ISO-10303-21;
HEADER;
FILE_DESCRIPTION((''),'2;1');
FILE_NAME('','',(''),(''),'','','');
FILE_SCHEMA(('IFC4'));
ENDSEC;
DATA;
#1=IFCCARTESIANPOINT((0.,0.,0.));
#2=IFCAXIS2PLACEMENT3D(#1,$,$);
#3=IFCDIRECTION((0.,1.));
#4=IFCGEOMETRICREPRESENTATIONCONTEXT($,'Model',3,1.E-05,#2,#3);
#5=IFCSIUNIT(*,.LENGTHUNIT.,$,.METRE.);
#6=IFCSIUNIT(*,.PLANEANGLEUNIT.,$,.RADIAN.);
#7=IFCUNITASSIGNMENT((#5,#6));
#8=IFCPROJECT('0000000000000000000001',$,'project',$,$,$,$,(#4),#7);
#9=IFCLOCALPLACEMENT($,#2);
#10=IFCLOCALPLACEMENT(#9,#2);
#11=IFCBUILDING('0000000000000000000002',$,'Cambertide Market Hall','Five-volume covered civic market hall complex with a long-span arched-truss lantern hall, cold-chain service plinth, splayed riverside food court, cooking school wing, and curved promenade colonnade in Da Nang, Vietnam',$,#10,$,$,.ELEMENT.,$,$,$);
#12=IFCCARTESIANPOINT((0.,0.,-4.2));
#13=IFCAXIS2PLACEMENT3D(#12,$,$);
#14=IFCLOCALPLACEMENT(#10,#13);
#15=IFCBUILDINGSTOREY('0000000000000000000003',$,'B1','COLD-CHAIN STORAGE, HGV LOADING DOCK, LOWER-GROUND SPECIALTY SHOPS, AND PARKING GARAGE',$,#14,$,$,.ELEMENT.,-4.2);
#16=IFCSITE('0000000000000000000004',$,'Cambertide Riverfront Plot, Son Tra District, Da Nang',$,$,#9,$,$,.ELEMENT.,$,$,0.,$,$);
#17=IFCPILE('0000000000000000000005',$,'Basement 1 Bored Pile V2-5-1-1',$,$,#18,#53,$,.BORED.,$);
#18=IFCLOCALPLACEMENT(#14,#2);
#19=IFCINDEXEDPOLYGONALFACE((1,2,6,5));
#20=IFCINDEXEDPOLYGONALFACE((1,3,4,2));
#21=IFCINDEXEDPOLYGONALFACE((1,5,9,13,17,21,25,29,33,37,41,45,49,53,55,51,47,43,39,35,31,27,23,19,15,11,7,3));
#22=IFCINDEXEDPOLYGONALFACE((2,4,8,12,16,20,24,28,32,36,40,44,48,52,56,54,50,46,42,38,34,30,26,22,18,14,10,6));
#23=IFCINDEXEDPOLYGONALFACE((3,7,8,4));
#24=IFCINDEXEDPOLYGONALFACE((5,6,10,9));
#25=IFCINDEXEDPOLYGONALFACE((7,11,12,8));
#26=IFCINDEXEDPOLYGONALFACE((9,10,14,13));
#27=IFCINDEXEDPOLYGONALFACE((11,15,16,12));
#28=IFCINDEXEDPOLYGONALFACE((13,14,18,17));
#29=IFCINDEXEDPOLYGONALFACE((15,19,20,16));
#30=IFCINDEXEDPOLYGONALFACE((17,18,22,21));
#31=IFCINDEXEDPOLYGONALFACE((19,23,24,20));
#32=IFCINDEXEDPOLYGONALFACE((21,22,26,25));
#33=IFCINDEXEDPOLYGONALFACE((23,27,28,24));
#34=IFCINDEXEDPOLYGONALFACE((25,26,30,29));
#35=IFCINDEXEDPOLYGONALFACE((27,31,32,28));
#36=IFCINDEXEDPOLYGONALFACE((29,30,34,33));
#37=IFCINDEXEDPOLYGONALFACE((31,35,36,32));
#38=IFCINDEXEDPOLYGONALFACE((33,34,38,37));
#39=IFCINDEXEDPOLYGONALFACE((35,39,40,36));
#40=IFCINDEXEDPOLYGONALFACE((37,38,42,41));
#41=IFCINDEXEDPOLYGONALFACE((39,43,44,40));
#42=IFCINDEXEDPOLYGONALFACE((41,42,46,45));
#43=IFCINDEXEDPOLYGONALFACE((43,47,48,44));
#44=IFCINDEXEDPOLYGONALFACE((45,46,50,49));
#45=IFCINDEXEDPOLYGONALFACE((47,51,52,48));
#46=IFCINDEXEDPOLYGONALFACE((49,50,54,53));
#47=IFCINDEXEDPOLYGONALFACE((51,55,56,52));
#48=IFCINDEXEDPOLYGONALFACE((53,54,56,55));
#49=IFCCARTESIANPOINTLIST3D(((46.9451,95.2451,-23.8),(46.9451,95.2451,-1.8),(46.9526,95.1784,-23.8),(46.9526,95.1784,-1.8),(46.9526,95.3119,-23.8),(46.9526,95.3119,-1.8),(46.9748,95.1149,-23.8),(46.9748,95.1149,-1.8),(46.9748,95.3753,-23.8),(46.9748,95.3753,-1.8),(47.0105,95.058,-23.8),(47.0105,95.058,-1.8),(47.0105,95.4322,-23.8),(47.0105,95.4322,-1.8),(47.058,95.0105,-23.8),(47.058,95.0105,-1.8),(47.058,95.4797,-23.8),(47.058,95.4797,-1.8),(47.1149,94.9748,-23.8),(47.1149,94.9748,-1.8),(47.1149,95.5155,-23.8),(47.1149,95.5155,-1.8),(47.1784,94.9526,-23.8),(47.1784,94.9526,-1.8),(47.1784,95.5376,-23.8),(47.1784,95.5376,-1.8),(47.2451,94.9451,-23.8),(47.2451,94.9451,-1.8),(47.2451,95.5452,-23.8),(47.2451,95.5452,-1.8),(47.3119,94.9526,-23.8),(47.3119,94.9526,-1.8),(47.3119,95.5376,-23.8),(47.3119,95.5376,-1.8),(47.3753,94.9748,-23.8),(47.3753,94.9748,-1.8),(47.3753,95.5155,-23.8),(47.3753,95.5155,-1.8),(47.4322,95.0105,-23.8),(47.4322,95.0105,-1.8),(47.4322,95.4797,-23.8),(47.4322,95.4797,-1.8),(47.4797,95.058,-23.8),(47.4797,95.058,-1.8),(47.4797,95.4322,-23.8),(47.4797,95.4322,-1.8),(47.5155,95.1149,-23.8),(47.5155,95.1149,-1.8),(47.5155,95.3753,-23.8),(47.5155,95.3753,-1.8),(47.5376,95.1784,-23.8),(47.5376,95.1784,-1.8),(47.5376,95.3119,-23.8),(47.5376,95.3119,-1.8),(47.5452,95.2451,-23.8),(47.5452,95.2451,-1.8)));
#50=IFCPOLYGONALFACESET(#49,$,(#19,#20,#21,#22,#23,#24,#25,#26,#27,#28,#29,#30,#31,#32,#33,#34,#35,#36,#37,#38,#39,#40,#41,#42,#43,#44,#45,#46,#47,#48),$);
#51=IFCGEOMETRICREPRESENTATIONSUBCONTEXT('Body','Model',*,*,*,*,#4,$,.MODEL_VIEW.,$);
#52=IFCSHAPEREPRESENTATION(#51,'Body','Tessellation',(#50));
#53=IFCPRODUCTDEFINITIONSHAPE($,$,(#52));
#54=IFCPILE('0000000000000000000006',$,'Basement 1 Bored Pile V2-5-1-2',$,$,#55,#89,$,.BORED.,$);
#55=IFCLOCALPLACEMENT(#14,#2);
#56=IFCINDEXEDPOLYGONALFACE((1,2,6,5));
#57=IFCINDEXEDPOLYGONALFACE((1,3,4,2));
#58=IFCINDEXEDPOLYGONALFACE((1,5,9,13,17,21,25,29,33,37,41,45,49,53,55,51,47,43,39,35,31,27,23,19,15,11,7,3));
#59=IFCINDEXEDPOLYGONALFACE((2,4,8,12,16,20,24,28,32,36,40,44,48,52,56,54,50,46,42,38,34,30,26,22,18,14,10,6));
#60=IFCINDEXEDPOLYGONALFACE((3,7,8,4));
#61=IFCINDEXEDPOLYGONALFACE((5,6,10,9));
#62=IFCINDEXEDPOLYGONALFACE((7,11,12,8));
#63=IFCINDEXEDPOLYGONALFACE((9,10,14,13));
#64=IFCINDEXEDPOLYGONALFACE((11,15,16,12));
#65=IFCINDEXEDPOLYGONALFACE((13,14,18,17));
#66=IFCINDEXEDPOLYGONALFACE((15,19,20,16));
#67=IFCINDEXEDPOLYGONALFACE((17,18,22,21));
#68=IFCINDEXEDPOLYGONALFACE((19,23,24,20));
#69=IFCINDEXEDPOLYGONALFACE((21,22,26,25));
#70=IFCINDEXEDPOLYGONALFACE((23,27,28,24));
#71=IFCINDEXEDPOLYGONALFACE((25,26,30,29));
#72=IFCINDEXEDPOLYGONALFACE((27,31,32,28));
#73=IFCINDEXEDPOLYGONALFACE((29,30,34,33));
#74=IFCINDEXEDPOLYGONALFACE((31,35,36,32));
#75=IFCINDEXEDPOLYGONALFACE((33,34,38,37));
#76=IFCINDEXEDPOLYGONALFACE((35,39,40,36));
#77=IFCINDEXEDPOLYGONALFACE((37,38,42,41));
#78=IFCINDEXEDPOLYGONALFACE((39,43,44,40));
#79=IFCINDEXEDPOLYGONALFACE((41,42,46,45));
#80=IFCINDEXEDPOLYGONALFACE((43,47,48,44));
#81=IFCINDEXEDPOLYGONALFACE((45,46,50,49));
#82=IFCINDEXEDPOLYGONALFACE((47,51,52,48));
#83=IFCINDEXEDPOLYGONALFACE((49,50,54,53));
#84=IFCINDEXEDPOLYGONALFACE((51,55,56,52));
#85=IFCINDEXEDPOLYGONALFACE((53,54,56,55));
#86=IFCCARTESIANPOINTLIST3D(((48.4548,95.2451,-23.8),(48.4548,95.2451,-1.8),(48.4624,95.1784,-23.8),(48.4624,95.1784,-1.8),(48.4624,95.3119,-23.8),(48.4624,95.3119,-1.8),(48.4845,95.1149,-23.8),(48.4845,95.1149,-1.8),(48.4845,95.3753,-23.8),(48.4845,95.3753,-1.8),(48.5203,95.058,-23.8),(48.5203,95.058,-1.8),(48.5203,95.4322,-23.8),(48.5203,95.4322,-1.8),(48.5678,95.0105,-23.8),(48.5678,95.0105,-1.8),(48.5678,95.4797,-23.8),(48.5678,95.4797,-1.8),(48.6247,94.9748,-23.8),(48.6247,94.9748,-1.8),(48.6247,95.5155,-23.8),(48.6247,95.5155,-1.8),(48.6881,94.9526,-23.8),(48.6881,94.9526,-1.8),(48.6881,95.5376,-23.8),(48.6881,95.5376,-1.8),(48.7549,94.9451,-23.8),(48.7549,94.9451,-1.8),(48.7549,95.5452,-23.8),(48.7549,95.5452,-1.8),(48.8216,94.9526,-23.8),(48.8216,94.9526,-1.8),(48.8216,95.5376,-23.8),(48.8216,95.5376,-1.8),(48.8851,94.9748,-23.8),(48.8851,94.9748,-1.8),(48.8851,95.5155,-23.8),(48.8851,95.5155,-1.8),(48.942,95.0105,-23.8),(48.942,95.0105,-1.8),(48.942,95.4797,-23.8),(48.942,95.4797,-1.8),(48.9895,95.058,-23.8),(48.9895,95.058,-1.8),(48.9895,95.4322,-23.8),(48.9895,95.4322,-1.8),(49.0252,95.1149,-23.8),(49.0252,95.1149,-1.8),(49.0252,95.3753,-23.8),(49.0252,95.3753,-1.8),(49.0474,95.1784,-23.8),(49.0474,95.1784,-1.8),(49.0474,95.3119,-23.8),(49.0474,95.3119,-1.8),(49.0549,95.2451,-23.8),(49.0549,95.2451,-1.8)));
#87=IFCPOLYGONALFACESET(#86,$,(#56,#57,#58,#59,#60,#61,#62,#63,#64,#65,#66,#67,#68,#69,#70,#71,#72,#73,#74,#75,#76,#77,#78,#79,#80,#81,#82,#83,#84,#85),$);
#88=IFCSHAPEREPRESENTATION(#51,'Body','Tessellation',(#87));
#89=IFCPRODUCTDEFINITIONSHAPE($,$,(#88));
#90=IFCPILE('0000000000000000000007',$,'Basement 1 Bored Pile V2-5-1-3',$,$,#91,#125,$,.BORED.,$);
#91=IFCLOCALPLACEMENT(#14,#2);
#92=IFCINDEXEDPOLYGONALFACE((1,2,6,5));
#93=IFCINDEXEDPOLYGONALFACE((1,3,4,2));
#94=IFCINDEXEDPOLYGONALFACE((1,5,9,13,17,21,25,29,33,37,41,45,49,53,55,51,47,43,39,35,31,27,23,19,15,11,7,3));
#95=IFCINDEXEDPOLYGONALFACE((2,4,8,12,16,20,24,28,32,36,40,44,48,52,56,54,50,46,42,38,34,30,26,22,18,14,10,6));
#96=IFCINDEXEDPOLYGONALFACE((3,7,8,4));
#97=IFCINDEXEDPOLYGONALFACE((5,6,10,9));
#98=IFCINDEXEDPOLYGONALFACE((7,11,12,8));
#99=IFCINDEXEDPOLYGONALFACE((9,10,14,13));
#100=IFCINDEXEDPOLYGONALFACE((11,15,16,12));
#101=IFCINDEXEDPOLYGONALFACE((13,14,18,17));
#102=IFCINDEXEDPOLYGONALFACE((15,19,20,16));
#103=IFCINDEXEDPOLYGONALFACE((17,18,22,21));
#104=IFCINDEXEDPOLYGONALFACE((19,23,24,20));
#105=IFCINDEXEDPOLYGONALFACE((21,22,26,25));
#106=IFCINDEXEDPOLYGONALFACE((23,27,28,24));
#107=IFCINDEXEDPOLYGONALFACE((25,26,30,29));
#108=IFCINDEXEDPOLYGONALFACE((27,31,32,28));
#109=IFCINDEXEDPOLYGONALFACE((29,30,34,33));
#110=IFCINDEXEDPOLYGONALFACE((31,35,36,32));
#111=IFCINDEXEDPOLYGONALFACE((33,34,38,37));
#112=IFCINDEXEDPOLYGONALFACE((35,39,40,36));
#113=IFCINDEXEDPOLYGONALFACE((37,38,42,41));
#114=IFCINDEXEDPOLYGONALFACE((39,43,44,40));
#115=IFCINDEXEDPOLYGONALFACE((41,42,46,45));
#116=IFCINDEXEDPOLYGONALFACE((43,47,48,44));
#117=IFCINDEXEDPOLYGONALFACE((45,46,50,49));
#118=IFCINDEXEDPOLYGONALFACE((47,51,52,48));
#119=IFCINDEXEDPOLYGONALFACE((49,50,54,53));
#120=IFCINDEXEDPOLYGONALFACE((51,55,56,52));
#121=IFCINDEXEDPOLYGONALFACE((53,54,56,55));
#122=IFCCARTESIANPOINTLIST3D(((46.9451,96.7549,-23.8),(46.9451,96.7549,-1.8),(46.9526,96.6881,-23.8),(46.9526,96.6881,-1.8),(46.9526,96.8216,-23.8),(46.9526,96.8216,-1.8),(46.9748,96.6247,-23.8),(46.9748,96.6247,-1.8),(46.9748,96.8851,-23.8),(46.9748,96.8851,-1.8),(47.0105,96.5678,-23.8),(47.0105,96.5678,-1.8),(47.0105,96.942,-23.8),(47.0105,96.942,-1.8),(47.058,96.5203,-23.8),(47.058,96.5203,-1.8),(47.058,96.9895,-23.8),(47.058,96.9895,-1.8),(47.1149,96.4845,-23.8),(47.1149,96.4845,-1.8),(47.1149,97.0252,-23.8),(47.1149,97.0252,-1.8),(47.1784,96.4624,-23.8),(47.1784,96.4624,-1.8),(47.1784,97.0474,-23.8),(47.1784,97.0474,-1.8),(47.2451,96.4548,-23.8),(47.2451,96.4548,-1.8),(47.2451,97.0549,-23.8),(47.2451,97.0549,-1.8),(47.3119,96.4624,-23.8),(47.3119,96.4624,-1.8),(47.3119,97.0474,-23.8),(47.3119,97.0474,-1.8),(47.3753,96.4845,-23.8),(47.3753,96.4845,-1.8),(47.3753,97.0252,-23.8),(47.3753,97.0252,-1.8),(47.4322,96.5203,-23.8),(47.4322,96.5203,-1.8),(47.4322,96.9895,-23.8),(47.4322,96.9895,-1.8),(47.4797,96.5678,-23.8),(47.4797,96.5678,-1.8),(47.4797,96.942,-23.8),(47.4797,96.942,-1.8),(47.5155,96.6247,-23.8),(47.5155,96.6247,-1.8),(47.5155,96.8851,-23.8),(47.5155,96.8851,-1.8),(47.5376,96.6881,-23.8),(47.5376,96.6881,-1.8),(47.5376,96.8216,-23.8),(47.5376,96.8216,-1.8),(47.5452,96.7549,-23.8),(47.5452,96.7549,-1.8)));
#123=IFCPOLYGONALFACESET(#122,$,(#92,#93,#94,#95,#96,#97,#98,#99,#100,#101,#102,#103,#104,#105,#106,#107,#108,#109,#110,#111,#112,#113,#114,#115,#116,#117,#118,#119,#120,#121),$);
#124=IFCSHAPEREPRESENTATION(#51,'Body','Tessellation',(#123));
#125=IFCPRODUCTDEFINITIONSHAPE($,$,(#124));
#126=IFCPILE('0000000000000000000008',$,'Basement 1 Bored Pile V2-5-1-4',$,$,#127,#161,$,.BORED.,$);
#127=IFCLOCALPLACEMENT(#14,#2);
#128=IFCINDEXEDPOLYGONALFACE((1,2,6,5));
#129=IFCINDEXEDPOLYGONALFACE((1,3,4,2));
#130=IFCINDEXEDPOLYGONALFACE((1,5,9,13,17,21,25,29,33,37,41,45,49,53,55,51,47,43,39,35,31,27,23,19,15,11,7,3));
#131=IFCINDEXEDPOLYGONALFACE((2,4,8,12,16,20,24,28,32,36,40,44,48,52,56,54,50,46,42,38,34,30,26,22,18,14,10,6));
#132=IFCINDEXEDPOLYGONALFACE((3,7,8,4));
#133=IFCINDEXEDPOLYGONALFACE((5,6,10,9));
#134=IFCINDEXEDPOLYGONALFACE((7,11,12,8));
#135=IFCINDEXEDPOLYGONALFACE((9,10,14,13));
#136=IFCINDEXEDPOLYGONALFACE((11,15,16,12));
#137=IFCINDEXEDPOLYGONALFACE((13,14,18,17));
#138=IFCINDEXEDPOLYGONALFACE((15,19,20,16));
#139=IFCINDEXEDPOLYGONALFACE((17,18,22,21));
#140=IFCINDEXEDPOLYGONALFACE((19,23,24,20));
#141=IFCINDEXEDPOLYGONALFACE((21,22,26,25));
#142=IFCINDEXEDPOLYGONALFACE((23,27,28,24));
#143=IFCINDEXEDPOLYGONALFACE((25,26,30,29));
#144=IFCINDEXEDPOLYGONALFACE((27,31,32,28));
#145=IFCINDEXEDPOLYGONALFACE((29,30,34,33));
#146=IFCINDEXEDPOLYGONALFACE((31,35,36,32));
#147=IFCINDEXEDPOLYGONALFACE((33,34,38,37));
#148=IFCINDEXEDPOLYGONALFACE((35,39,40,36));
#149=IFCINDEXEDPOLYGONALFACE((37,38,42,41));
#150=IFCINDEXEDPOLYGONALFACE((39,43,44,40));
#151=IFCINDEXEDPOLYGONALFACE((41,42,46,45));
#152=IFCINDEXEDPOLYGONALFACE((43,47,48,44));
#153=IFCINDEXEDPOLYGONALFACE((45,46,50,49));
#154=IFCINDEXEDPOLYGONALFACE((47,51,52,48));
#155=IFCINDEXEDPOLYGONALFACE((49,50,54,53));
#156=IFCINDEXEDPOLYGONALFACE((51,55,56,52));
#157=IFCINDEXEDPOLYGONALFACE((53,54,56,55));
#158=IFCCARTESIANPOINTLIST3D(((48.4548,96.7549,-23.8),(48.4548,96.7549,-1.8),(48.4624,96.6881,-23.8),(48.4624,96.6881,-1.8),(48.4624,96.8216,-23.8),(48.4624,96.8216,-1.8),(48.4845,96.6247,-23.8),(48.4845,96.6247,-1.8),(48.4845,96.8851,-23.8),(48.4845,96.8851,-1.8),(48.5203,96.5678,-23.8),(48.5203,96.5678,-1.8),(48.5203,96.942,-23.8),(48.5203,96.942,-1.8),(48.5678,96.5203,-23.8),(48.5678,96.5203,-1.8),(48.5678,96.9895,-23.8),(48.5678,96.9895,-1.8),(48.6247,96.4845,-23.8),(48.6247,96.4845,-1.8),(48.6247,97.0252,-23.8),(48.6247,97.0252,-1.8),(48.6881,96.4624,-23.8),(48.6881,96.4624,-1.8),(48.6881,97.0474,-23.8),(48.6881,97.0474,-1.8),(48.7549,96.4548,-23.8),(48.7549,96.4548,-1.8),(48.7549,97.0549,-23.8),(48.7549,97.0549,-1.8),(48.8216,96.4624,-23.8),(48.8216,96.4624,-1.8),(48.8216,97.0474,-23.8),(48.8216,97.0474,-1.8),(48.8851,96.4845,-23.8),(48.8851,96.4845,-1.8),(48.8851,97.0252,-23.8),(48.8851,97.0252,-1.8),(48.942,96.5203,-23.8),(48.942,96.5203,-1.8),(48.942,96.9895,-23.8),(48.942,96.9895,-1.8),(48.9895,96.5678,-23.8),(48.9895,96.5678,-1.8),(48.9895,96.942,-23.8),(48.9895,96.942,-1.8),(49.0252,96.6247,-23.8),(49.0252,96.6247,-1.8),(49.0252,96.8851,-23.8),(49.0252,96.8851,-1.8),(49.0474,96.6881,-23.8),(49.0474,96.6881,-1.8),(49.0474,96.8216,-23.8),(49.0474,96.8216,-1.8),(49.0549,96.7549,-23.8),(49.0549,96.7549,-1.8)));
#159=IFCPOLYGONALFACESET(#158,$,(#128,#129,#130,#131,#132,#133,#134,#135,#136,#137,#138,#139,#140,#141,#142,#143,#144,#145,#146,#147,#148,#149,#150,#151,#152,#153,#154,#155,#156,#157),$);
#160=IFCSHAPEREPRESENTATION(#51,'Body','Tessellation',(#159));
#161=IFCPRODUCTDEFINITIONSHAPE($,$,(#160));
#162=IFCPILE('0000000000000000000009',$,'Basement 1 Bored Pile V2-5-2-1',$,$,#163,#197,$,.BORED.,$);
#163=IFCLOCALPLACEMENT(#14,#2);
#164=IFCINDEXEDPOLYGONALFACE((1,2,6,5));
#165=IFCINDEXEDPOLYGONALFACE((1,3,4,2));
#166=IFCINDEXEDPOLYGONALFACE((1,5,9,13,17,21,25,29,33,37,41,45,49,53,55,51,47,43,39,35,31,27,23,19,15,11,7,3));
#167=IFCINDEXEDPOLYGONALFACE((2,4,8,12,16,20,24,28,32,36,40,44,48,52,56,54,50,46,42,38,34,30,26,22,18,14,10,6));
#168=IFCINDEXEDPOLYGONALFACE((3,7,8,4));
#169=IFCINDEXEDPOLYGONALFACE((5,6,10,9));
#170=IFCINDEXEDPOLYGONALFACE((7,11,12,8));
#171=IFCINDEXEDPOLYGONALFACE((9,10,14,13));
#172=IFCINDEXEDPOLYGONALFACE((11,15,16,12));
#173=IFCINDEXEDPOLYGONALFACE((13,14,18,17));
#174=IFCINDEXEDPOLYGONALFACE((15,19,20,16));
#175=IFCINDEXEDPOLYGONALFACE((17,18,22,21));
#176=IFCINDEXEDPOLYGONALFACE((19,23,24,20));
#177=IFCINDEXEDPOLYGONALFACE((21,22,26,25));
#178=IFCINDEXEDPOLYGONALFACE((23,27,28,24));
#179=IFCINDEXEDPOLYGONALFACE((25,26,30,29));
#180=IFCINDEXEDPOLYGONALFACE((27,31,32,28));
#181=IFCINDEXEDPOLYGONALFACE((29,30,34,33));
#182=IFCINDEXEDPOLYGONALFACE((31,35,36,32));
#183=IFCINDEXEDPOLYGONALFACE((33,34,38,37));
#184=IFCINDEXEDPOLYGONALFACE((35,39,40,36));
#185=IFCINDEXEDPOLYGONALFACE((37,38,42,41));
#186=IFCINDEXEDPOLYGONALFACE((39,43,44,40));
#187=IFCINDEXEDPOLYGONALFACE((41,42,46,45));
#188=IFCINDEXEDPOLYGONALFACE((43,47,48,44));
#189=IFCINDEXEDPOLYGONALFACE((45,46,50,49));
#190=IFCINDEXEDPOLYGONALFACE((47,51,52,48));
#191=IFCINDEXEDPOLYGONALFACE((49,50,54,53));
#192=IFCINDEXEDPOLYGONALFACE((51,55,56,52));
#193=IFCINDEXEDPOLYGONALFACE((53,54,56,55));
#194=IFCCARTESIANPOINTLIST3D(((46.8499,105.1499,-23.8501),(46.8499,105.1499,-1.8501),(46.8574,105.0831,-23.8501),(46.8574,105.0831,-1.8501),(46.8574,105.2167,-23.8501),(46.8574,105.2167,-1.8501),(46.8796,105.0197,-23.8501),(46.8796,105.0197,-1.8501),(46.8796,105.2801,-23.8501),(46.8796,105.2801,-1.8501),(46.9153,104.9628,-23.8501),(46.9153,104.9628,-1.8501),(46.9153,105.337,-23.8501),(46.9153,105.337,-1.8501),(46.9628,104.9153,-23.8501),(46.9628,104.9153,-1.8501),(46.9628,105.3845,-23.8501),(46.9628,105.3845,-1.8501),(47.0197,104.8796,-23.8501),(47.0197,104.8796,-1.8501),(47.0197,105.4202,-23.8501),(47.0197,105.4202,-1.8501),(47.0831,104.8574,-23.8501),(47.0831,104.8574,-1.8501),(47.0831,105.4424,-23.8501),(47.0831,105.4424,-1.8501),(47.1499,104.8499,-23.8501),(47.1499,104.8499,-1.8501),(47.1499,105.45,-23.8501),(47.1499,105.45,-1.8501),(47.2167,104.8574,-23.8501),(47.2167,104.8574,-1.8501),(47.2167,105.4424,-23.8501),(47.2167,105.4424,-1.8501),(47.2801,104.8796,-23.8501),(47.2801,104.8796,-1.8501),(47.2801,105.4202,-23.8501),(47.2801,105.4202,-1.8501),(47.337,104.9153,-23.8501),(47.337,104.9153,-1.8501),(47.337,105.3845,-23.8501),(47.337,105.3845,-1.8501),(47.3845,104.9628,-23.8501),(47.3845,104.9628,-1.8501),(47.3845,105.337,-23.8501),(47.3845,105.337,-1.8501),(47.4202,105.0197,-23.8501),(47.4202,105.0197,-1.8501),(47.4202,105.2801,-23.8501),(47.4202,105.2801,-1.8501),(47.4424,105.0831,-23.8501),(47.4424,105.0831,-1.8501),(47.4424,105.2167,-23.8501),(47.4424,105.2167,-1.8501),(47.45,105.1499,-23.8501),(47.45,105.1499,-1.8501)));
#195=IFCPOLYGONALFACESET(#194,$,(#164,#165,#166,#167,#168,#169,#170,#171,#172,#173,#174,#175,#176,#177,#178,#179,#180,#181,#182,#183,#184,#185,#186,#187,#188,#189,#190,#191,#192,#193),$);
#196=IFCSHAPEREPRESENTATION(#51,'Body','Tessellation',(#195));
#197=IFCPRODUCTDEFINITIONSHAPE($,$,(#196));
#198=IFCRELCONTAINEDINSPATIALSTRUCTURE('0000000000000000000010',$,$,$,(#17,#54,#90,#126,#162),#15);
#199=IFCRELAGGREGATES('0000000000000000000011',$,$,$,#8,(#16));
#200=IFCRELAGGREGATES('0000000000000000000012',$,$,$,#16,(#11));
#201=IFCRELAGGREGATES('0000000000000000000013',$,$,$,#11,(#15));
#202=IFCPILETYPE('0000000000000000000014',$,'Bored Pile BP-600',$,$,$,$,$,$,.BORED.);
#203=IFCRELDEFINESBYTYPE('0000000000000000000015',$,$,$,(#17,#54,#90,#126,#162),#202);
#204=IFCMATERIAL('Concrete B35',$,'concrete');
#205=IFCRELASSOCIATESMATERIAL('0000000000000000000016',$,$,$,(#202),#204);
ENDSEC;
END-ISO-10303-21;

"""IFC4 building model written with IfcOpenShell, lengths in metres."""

from ifc_helpers import new_model, si_unit, direction, frame, origin, origin_2d, place, context, subcontext, project, spatial, circle, extrude, material, material_profile, profile_set, type_object, element, save


model = new_model("IFC4")

# Units and contexts
model_context = context("Model", 3, precision=1e-05, world=origin(), true_north=direction((0.0, 1.0)))
body_context = subcontext(model_context, "Body", "Model", "MODEL_VIEW")
ifc_project = project(units=[si_unit("LENGTHUNIT", "METRE"), si_unit("PLANEANGLEUNIT", "RADIAN")], contexts=[model_context])

# Site, building, storey
site_placement = place(None, origin())
site = spatial("IfcSite", under=ifc_project, at=site_placement, Name="Cambertide Riverfront Plot, Son Tra District, Da Nang", CompositionType="ELEMENT", RefElevation=0.0)
building_placement = place(site_placement, origin())
building = spatial("IfcBuilding", under=site, at=building_placement, Name="Cambertide Market Hall", Description="Five-volume covered civic market hall complex with a long-span arched-truss lantern hall, cold-chain service plinth, splayed riverside food court, cooking school wing, and curved promenade colonnade in Da Nang, Vietnam", CompositionType="ELEMENT")
storey_placement = place(building_placement, frame((0.0, 0.0, -4.2)))
storey = spatial("IfcBuildingStorey", under=building, at=storey_placement, Name="B1", Description="COLD-CHAIN STORAGE, HGV LOADING DOCK, LOWER-GROUND SPECIALTY SHOPS, AND PARKING GARAGE", CompositionType="ELEMENT", Elevation=-4.2)

# Piles
ifc_material_1 = material(Name="Concrete B35", Category="concrete")
ifc_material_profile_1 = material_profile(ifc_material_1, circle(Radius=0.3, at=origin_2d()), Name="BP D600")
ifc_profile_set_1 = profile_set([ifc_material_profile_1], Name="Concrete B35")
pile_type = type_object("IfcPileType", Name="Bored Pile BP-600", PredefinedType="BORED", material=ifc_profile_set_1)
for number, where, z_axis, x_axis, name in (
    (1, (47.2451, 95.2451, -1.8), (0.0, 0.0, -1.0), (1.0, 0.0, 0.0), "Basement 1 Bored Pile V2-5-1-1"),
    (2, (48.7549, 95.2451, -1.8), (0.0, 0.0, -1.0), (1.0, 0.0, 0.0), "Basement 1 Bored Pile V2-5-1-2"),
    (3, (47.2451, 96.7549, -1.8), (0.0, 0.0, -1.0), (1.0, 0.0, 0.0), "Basement 1 Bored Pile V2-5-1-3"),
    (4, (48.7549, 96.7549, -1.8), (0.0, 0.0, -1.0), (1.0, 0.0, 0.0), "Basement 1 Bored Pile V2-5-1-4"),
    (5, (47.1499, 105.1499, -1.8501), (0.0, 0.0, -1.0), (1.0, 0.0, 0.0), "Basement 1 Bored Pile V2-5-2-1"),
):
    element("IfcPile", number, at=place(storey_placement, frame(where, z_axis=z_axis, x_axis=x_axis)), inside=storey, type_object=pile_type, Name=name, PredefinedType="BORED", context=body_context, shape_type="SweptSolid", body=[
        extrude(circle(Radius=0.3, at=origin_2d()), origin(), (0.0, 0.0, 1.0), 22.0),
    ])

save(model, "model.ifc")
